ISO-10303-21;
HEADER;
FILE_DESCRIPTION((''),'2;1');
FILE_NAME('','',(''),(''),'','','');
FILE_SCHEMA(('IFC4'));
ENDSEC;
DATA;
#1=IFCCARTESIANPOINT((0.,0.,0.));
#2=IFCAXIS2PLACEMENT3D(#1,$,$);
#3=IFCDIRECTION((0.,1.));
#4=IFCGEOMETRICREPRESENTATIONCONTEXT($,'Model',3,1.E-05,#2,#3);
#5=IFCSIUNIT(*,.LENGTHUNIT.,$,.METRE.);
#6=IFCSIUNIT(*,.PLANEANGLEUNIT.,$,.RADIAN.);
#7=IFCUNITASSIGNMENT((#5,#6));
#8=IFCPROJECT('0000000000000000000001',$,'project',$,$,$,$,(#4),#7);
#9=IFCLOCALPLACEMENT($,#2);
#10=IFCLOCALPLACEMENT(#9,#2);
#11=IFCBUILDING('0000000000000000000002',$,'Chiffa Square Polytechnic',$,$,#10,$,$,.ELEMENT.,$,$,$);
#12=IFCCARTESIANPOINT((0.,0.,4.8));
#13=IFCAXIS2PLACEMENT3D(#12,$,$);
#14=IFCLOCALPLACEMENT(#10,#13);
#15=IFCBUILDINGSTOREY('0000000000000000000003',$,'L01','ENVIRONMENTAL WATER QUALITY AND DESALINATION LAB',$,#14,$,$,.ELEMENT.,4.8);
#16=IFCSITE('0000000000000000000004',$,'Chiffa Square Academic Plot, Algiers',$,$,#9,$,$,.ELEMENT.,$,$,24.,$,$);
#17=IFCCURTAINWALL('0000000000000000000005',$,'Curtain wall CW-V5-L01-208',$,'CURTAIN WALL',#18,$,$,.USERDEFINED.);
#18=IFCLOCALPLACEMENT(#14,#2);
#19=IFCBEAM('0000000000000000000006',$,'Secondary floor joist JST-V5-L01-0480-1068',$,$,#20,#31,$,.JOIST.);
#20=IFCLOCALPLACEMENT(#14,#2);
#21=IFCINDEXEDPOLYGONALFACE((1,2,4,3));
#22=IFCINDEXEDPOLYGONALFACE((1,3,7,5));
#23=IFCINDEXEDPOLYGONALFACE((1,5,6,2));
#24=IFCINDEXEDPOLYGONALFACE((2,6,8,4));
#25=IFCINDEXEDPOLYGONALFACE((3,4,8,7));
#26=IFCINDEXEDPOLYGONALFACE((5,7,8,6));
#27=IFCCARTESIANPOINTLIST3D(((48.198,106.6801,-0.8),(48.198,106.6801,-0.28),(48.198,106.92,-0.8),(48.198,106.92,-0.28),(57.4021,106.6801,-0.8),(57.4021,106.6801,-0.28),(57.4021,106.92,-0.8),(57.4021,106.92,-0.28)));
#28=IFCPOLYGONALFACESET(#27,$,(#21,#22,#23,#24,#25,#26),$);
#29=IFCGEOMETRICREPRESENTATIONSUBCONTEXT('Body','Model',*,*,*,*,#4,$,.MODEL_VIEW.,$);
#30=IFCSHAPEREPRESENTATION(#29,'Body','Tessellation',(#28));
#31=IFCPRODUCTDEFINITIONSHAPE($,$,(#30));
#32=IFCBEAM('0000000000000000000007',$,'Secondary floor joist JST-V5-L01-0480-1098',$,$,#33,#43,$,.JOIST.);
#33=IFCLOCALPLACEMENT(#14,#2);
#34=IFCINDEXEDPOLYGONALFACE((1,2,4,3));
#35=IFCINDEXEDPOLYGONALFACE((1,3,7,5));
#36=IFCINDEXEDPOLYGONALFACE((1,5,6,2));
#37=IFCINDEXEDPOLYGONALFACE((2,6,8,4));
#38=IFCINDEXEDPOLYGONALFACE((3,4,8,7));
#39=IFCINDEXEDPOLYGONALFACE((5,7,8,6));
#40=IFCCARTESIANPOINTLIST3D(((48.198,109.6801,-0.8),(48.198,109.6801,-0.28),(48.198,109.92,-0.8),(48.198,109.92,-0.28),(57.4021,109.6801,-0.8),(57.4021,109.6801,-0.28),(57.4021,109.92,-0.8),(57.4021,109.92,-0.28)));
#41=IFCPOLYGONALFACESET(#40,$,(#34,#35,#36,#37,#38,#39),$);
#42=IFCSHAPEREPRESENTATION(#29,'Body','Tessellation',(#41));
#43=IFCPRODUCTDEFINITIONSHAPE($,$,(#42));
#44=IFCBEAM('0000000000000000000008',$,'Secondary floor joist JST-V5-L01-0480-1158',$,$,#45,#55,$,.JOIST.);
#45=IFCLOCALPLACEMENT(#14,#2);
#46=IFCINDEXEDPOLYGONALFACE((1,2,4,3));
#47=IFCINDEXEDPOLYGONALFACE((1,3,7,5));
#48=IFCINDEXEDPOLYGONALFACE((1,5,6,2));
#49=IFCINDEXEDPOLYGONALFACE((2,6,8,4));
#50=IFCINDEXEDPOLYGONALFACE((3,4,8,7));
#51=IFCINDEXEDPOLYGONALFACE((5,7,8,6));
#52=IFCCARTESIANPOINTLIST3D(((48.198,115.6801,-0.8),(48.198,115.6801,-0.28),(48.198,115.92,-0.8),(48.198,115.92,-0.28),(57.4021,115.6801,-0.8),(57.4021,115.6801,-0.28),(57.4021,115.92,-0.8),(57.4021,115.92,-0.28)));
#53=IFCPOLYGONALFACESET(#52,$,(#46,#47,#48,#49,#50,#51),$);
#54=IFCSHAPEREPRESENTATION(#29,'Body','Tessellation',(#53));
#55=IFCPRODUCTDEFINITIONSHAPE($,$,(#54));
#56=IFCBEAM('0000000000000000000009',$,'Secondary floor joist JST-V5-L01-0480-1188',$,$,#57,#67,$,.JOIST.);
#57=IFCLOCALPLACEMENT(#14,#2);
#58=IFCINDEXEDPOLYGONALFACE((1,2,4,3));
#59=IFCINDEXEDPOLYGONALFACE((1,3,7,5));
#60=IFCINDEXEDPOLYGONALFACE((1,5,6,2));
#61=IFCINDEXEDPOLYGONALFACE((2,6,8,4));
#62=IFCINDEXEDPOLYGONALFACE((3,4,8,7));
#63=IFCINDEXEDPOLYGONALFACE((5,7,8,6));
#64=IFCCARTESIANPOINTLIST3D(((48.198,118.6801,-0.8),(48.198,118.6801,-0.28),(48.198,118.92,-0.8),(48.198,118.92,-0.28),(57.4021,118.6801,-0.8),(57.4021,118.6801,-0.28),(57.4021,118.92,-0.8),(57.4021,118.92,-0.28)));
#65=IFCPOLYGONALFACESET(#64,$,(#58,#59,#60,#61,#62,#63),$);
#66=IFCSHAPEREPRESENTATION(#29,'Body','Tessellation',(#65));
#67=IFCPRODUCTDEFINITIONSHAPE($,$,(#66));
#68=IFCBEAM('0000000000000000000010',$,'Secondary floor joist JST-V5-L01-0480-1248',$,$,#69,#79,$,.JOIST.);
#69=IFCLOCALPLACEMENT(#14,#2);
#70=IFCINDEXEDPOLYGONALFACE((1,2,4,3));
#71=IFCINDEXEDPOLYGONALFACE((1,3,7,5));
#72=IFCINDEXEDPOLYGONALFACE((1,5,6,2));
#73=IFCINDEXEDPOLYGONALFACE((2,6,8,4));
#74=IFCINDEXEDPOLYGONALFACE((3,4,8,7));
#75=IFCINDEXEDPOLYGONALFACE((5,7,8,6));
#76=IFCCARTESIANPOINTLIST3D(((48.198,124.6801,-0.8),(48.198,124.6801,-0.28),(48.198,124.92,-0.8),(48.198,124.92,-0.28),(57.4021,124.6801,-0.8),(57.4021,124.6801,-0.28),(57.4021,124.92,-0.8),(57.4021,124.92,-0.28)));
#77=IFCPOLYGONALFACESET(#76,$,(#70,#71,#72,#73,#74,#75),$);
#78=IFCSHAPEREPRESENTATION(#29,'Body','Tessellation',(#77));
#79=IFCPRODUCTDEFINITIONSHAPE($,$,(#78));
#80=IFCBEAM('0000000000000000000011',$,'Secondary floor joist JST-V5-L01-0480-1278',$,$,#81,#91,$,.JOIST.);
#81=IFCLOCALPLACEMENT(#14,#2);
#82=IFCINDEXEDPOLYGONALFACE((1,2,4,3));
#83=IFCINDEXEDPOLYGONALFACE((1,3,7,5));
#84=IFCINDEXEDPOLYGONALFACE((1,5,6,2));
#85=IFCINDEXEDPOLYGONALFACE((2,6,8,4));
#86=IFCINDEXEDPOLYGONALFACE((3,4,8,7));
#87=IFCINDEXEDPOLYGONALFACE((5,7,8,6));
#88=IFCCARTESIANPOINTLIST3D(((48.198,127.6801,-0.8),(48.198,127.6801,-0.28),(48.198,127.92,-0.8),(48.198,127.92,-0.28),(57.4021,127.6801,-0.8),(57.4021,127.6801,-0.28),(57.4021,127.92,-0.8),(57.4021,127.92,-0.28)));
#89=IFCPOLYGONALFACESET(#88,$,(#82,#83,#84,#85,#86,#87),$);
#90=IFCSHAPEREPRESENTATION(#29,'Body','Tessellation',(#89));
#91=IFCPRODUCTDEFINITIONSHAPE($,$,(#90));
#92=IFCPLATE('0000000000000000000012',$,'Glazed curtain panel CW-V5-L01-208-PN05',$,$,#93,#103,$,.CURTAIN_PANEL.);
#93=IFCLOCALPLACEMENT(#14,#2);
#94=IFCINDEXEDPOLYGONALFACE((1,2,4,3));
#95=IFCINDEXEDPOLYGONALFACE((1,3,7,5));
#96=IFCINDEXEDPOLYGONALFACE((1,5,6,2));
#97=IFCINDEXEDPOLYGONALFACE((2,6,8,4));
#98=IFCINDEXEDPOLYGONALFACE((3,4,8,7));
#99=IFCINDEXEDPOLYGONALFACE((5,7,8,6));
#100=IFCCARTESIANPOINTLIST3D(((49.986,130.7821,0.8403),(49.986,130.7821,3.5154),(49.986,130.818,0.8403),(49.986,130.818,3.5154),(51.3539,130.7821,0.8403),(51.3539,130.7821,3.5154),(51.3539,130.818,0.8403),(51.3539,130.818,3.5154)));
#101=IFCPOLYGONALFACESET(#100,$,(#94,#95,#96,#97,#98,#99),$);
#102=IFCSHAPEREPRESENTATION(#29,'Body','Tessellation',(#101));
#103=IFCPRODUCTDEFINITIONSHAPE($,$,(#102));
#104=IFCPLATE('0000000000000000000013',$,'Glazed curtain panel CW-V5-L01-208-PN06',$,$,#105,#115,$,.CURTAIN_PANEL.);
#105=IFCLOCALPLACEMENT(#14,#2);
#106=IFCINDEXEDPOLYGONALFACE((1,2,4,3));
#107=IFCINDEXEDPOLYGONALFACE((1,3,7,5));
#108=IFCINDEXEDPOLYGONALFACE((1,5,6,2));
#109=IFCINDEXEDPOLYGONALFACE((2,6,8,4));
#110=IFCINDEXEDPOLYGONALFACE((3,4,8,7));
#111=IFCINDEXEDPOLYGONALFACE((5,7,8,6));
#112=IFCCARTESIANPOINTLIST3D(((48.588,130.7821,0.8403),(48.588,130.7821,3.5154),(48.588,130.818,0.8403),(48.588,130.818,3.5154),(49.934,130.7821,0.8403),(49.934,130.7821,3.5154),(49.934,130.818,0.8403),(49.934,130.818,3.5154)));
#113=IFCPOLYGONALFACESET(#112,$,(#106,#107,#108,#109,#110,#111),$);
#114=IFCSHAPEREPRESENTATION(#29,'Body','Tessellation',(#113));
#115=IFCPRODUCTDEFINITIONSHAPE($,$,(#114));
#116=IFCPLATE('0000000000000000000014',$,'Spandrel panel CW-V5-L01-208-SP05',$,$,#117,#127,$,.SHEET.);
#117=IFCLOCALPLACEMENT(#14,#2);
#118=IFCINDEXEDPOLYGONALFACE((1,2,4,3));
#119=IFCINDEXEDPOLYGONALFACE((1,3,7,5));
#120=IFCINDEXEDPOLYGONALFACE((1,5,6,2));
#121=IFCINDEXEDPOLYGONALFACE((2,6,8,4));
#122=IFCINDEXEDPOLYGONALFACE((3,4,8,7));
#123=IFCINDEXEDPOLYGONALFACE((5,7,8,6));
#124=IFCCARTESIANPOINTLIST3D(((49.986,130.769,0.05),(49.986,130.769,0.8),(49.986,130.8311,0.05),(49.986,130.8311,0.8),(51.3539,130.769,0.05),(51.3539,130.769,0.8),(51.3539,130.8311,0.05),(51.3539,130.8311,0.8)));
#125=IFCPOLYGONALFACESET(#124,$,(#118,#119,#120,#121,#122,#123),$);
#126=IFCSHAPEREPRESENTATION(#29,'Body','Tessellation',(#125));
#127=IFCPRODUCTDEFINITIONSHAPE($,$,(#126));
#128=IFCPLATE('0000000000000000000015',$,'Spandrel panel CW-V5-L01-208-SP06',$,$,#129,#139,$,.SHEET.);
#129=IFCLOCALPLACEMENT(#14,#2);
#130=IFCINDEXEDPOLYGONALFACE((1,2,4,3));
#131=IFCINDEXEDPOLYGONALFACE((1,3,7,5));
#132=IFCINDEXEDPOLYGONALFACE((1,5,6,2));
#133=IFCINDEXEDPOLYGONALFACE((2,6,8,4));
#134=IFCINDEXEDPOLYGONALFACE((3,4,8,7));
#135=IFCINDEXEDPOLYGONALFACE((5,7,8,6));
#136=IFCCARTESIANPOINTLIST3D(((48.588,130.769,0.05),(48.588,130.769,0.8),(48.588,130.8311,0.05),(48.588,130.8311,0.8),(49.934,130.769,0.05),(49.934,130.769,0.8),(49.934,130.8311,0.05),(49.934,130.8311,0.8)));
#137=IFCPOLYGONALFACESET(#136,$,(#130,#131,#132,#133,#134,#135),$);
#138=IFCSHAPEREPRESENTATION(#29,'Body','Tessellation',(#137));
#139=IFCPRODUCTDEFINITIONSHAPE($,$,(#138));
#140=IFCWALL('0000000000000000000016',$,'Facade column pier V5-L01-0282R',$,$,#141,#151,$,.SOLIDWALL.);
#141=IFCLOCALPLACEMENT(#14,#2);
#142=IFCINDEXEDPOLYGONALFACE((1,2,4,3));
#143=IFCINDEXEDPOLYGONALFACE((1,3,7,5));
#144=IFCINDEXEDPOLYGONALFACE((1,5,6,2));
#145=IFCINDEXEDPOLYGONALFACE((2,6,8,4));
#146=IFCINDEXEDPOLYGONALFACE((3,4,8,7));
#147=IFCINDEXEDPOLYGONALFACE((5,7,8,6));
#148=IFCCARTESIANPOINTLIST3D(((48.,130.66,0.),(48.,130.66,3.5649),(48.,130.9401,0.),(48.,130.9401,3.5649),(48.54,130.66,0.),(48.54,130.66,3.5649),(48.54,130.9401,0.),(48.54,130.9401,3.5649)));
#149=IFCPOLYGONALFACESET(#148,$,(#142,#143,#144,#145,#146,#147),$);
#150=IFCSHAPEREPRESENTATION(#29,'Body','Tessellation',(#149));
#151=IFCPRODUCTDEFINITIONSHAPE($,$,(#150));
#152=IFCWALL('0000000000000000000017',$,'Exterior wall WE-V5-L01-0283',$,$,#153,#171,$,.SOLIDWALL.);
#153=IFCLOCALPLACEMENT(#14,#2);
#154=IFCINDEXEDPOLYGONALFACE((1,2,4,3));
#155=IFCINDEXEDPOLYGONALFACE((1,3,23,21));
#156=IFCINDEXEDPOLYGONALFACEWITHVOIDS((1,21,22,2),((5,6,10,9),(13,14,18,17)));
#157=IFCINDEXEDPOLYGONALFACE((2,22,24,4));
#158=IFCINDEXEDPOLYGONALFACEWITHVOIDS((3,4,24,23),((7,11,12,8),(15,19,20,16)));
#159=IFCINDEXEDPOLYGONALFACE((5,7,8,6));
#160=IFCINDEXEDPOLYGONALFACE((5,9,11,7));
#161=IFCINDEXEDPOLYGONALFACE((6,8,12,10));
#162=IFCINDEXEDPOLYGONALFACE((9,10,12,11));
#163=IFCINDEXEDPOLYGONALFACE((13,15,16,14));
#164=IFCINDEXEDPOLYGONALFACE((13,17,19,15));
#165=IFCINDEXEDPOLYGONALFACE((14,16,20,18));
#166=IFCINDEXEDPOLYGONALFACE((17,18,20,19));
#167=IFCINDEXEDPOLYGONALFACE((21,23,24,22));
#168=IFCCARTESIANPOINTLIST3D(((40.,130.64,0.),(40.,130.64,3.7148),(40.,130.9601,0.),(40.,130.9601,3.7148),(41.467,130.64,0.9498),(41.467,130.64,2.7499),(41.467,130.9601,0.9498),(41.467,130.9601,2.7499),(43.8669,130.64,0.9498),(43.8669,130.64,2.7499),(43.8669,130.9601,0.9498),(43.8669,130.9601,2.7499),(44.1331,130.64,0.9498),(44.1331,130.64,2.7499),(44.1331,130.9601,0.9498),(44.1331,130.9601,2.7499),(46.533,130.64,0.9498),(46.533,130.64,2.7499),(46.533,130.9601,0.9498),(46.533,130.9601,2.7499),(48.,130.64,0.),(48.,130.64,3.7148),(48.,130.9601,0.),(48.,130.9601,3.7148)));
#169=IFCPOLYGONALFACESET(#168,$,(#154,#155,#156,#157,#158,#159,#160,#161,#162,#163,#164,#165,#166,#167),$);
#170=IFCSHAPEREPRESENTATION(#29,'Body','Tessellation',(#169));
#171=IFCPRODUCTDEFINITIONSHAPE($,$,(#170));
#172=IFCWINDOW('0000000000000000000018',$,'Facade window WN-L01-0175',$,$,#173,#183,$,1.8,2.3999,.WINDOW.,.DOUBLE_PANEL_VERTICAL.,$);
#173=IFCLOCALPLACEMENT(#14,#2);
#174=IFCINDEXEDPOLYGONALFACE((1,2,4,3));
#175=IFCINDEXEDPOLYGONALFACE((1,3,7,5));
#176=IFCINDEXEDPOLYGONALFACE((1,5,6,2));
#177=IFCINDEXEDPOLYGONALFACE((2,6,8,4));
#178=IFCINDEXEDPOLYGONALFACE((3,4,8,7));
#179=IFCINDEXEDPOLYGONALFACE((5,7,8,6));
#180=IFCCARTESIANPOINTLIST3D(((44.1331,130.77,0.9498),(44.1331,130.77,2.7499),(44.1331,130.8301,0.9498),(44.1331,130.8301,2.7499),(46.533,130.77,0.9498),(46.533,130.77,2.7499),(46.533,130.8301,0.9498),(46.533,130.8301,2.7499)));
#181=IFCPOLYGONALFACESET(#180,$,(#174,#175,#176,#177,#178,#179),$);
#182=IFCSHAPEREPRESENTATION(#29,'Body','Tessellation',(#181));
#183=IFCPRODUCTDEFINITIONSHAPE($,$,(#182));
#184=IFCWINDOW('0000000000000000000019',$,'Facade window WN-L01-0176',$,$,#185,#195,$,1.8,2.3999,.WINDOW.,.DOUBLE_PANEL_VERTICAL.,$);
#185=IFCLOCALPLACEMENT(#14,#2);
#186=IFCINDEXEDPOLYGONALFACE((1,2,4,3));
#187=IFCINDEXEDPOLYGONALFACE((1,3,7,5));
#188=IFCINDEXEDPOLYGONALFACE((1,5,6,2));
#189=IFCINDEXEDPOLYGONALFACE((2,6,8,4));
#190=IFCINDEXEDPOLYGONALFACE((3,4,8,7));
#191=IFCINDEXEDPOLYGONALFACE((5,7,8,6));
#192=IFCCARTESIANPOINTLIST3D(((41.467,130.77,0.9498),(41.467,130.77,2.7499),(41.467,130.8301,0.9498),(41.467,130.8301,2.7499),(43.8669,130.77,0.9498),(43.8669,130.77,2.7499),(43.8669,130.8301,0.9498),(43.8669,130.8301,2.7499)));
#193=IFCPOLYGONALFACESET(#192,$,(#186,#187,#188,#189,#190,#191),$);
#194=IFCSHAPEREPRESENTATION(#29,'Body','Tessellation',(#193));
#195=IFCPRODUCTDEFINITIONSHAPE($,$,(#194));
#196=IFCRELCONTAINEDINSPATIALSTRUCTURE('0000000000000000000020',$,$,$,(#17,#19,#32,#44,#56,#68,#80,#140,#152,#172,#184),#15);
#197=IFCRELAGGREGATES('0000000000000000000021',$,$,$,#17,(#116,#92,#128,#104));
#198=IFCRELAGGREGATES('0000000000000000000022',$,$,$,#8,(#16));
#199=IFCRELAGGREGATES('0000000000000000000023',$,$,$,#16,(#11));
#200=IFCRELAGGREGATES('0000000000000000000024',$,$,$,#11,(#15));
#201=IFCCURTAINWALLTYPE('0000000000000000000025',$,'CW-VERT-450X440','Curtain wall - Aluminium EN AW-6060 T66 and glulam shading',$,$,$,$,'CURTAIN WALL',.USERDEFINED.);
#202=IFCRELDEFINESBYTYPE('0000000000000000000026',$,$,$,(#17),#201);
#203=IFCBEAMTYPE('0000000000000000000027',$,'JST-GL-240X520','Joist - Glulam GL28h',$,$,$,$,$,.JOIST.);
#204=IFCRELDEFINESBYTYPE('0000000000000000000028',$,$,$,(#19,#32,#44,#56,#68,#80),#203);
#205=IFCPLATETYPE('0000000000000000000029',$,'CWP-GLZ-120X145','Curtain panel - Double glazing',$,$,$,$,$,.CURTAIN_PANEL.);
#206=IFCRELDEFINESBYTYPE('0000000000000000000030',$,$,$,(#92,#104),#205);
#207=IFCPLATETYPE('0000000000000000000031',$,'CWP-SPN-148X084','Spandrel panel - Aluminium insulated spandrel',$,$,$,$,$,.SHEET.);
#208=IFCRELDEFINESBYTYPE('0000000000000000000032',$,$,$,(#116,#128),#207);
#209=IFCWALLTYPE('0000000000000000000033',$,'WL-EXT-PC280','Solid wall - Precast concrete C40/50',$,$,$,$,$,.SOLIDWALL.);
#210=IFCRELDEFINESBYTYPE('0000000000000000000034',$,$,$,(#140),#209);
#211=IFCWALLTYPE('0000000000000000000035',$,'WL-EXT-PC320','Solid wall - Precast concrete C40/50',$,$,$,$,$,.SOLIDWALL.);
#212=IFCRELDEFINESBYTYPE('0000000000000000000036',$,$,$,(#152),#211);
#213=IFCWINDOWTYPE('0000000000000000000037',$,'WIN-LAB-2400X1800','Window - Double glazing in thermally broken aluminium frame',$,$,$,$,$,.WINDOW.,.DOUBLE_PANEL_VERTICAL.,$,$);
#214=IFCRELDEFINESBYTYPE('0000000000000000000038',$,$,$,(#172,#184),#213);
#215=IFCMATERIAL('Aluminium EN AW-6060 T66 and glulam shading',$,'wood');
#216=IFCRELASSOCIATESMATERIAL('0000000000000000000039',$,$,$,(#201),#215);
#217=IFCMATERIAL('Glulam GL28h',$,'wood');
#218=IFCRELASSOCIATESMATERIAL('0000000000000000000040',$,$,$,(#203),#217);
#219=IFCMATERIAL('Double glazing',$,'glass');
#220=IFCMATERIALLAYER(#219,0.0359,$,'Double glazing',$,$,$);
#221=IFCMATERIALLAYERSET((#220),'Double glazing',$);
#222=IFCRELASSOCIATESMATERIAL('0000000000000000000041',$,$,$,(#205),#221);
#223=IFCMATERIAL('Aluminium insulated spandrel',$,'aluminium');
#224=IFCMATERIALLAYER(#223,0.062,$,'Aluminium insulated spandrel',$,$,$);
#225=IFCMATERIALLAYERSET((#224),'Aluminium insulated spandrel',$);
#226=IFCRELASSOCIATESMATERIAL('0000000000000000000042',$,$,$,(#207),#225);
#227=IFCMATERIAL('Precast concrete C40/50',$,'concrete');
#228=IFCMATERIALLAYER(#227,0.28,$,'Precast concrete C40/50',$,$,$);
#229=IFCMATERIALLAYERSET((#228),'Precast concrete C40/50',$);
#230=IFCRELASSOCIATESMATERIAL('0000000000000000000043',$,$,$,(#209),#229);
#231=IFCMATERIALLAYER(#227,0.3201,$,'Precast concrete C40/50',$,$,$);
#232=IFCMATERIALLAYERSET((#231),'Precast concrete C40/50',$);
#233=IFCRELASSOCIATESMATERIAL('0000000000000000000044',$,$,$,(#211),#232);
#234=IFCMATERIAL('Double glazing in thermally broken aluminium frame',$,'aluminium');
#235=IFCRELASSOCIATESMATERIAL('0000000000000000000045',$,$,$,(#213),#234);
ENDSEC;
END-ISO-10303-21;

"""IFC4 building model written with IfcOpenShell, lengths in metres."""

from ifc_helpers import new_model, si_unit, direction, frame, frame_2d, origin, origin_2d, place, context, subcontext, project, spatial, rectangle, extrude, material, layer, layer_set, material_profile, profile_set, type_object, element, fill, aggregate, save


model = new_model("IFC4")

# Units and contexts
model_context = context("Model", 3, precision=1e-05, world=origin(), true_north=direction((0.0, 1.0)))
body_context = subcontext(model_context, "Body", "Model", "MODEL_VIEW")
ifc_project = project(units=[si_unit("LENGTHUNIT", "METRE"), si_unit("PLANEANGLEUNIT", "RADIAN")], contexts=[model_context])

# Site, building, storey
site_placement = place(None, origin())
site = spatial("IfcSite", under=ifc_project, at=site_placement, Name="Chiffa Square Academic Plot, Algiers", CompositionType="ELEMENT", RefElevation=24.0)
building_placement = place(site_placement, origin())
building = spatial("IfcBuilding", under=site, at=building_placement, Name="Chiffa Square Polytechnic", CompositionType="ELEMENT")
storey_placement = place(building_placement, frame((0.0, 0.0, 4.8)))
storey = spatial("IfcBuildingStorey", under=building, at=storey_placement, Name="L01", Description="ENVIRONMENTAL WATER QUALITY AND DESALINATION LAB", CompositionType="ELEMENT", Elevation=4.8)

# Curtain wall
ifc_material_1 = material(Name="Aluminium EN AW-6060 T66 and glulam shading", Category="wood")
curtain_wall_type = type_object("IfcCurtainWallType", Name="CW-VERT-450X440", Description="Curtain wall - Aluminium EN AW-6060 T66 and glulam shading", ElementType="CURTAIN WALL", PredefinedType="USERDEFINED", material=ifc_material_1)
curtain_wall_placement = place(storey_placement, origin())
curtain_wall = element("IfcCurtainWall", 1, at=curtain_wall_placement, inside=storey, type_object=curtain_wall_type, Name="Curtain wall CW-V5-L01-208", ObjectType="CURTAIN WALL", PredefinedType="USERDEFINED")

# Beams
ifc_material_2 = material(Name="Glulam GL28h", Category="wood")
ifc_material_profile_1 = material_profile(ifc_material_2, rectangle(XDim=0.24, YDim=0.52, at=origin_2d()), Name="GL28h 240x520")
ifc_profile_set_1 = profile_set([ifc_material_profile_1], Name="Glulam GL28h")
beam_type_1 = type_object("IfcBeamType", Name="JST-GL-240X520", Description="Joist - Glulam GL28h", PredefinedType="JOIST", material=ifc_profile_set_1)
for number, where, z_axis, x_axis, name in (
    (2, (48.198, 106.8, -0.54), (1.0, 0.0, 0.0), (0.0, 1.0, 0.0), "Secondary floor joist JST-V5-L01-0480-1068"),
    (3, (48.198, 109.8, -0.54), (1.0, 0.0, 0.0), (0.0, 1.0, 0.0), "Secondary floor joist JST-V5-L01-0480-1098"),
    (4, (48.198, 115.8, -0.54), (1.0, 0.0, 0.0), (0.0, 1.0, 0.0), "Secondary floor joist JST-V5-L01-0480-1158"),
    (5, (48.198, 118.8, -0.54), (1.0, 0.0, 0.0), (0.0, 1.0, 0.0), "Secondary floor joist JST-V5-L01-0480-1188"),
    (6, (48.198, 124.8, -0.54), (1.0, 0.0, 0.0), (0.0, 1.0, 0.0), "Secondary floor joist JST-V5-L01-0480-1248"),
    (7, (48.198, 127.8, -0.54), (1.0, 0.0, 0.0), (0.0, 1.0, 0.0), "Secondary floor joist JST-V5-L01-0480-1278"),
):
    element("IfcBeam", number, at=place(storey_placement, frame(where, z_axis=z_axis, x_axis=x_axis)), inside=storey, type_object=beam_type_1, Name=name, PredefinedType="JOIST", context=body_context, shape_type="SweptSolid", body=[
        extrude(rectangle(XDim=0.24, YDim=0.52, at=origin_2d()), origin(), (0.0, 0.0, 1.0), 9.2041),
    ])

# Plates
ifc_material_3 = material(Name="Double glazing", Category="glass")
ifc_layer_1 = layer(ifc_material_3, 0.0359, Name="Double glazing")
ifc_layer_set_1 = layer_set([ifc_layer_1], Name="Double glazing")
plate_type_1 = type_object("IfcPlateType", Name="CWP-GLZ-120X145", Description="Curtain panel - Double glazing", PredefinedType="CURTAIN_PANEL", material=ifc_layer_set_1)
plate_1_placement = place(storey_placement, frame((50.6699, 130.8, 0.8403), z_axis=(0.0, 0.0, 1.0), x_axis=(-1.0, 0.0, 0.0)))
plate_1 = element("IfcPlate", 8, at=plate_1_placement, type_object=plate_type_1, Name="Glazed curtain panel CW-V5-L01-208-PN05", PredefinedType="CURTAIN_PANEL", context=body_context, shape_type="SweptSolid", body=[
    extrude(rectangle(XDim=1.3679, YDim=0.0359, at=origin_2d()), origin(), (0.0, 0.0, 1.0), 2.675),
])
plate_2_placement = place(storey_placement, frame((49.261, 130.8, 0.8403), z_axis=(0.0, 0.0, 1.0), x_axis=(-1.0, 0.0, 0.0)))
plate_2 = element("IfcPlate", 9, at=plate_2_placement, type_object=plate_type_1, Name="Glazed curtain panel CW-V5-L01-208-PN06", PredefinedType="CURTAIN_PANEL", context=body_context, shape_type="SweptSolid", body=[
    extrude(rectangle(XDim=1.3459, YDim=0.0359, at=origin_2d()), origin(), (0.0, 0.0, 1.0), 2.675),
])
ifc_material_4 = material(Name="Aluminium insulated spandrel", Category="aluminium")
ifc_layer_2 = layer(ifc_material_4, 0.062, Name="Aluminium insulated spandrel")
ifc_layer_set_2 = layer_set([ifc_layer_2], Name="Aluminium insulated spandrel")
plate_type_2 = type_object("IfcPlateType", Name="CWP-SPN-148X084", Description="Spandrel panel - Aluminium insulated spandrel", PredefinedType="SHEET", material=ifc_layer_set_2)
plate_3_placement = place(storey_placement, frame((50.6699, 130.8, 0.05), z_axis=(0.0, 0.0, 1.0), x_axis=(-1.0, 0.0, 0.0)))
plate_3 = element("IfcPlate", 10, at=plate_3_placement, type_object=plate_type_2, Name="Spandrel panel CW-V5-L01-208-SP05", PredefinedType="SHEET", context=body_context, shape_type="SweptSolid", body=[
    extrude(rectangle(XDim=1.3679, YDim=0.062, at=origin_2d()), origin(), (0.0, 0.0, 1.0), 0.75),
])
plate_4_placement = place(storey_placement, frame((49.261, 130.8, 0.05), z_axis=(0.0, 0.0, 1.0), x_axis=(-1.0, 0.0, 0.0)))
plate_4 = element("IfcPlate", 11, at=plate_4_placement, type_object=plate_type_2, Name="Spandrel panel CW-V5-L01-208-SP06", PredefinedType="SHEET", context=body_context, shape_type="SweptSolid", body=[
    extrude(rectangle(XDim=1.3459, YDim=0.062, at=origin_2d()), origin(), (0.0, 0.0, 1.0), 0.75),
])
aggregate(curtain_wall, [plate_3, plate_1, plate_4, plate_2])

# Wall
ifc_material_5 = material(Name="Precast concrete C40/50", Category="concrete")
ifc_layer_3 = layer(ifc_material_5, 0.28, Name="Precast concrete C40/50")
ifc_layer_set_3 = layer_set([ifc_layer_3], Name="Precast concrete C40/50")
wall_type_1 = type_object("IfcWallType", Name="WL-EXT-PC280", Description="Solid wall - Precast concrete C40/50", PredefinedType="SOLIDWALL", material=ifc_layer_set_3)
wall_1_placement = place(storey_placement, frame((48.54, 130.8, 0.0), z_axis=(0.0, 0.0, 1.0), x_axis=(-1.0, 0.0, 0.0)))
element("IfcWall", 12, at=wall_1_placement, inside=storey, type_object=wall_type_1, Name="Facade column pier V5-L01-0282R", PredefinedType="SOLIDWALL", context=body_context, shape_type="SweptSolid", body=[
    extrude(rectangle(XDim=0.54, YDim=0.28, at=frame_2d((0.27, 0.0))), origin(), (0.0, 0.0, 1.0), 3.5649),
])

# Wall, openings, windows
ifc_layer_4 = layer(ifc_material_5, 0.3201, Name="Precast concrete C40/50")
ifc_layer_set_4 = layer_set([ifc_layer_4], Name="Precast concrete C40/50")
wall_type_2 = type_object("IfcWallType", Name="WL-EXT-PC320", Description="Solid wall - Precast concrete C40/50", PredefinedType="SOLIDWALL", material=ifc_layer_set_4)
wall_2_placement = place(storey_placement, frame((48.0, 130.8, 0.0), z_axis=(0.0, 0.0, 1.0), x_axis=(-1.0, 0.0, 0.0)))
wall_2 = element("IfcWall", 13, at=wall_2_placement, inside=storey, type_object=wall_type_2, Name="Exterior wall WE-V5-L01-0283", PredefinedType="SOLIDWALL", context=body_context, shape_type="SweptSolid", body=[
    extrude(rectangle(XDim=8.0, YDim=0.3201, at=frame_2d((4.0, 0.0))), origin(), (0.0, 0.0, 1.0), 3.7148),
])
opening_1_placement = place(wall_2_placement, frame((1.467, 0.0, 0.95)))
opening_1 = element("IfcOpeningElement", 14, at=opening_1_placement, cuts=wall_2, PredefinedType="OPENING", context=body_context, shape_type="SweptSolid", body=[
    extrude(rectangle(XDim=2.3999, YDim=1.8, at=frame_2d((1.2, 0.8999))), frame((0.0, 0.1699, 0.0), z_axis=(0.0, -1.0, 0.0), x_axis=(1.0, 0.0, 0.0)), (0.0, 0.0, 1.0), 0.3401),
])
opening_2_placement = place(wall_2_placement, frame((4.1331, 0.0, 0.95)))
opening_2 = element("IfcOpeningElement", 15, at=opening_2_placement, cuts=wall_2, PredefinedType="OPENING", context=body_context, shape_type="SweptSolid", body=[
    extrude(rectangle(XDim=2.3999, YDim=1.8, at=frame_2d((1.2, 0.8999))), frame((0.0, 0.1699, 0.0), z_axis=(0.0, -1.0, 0.0), x_axis=(1.0, 0.0, 0.0)), (0.0, 0.0, 1.0), 0.3401),
])
ifc_material_6 = material(Name="Double glazing in thermally broken aluminium frame", Category="aluminium")
window_type = type_object("IfcWindowType", Name="WIN-LAB-2400X1800", Description="Window - Double glazing in thermally broken aluminium frame", PartitioningType="DOUBLE_PANEL_VERTICAL", PredefinedType="WINDOW", material=ifc_material_6)
window_1_placement = place(opening_1_placement, origin())
window_1 = element("IfcWindow", 16, at=window_1_placement, inside=storey, type_object=window_type, Name="Facade window WN-L01-0175", OverallHeight=1.8, OverallWidth=2.3999, PartitioningType="DOUBLE_PANEL_VERTICAL", PredefinedType="WINDOW", context=body_context, shape_type="SweptSolid", body=[
    extrude(rectangle(XDim=2.3999, YDim=1.8, at=frame_2d((1.2, 0.8999))), frame((0.0, 0.03, 0.0), z_axis=(0.0, -1.0, 0.0), x_axis=(1.0, 0.0, 0.0)), (0.0, 0.0, 1.0), 0.0601),
])
fill(opening_1, window_1)
window_2_placement = place(opening_2_placement, origin())
window_2 = element("IfcWindow", 17, at=window_2_placement, inside=storey, type_object=window_type, Name="Facade window WN-L01-0176", OverallHeight=1.8, OverallWidth=2.3999, PartitioningType="DOUBLE_PANEL_VERTICAL", PredefinedType="WINDOW", context=body_context, shape_type="SweptSolid", body=[
    extrude(rectangle(XDim=2.3999, YDim=1.8, at=frame_2d((1.2, 0.8999))), frame((0.0, 0.03, 0.0), z_axis=(0.0, -1.0, 0.0), x_axis=(1.0, 0.0, 0.0)), (0.0, 0.0, 1.0), 0.0601),
])
fill(opening_2, window_2)

save(model, "model.ifc")
